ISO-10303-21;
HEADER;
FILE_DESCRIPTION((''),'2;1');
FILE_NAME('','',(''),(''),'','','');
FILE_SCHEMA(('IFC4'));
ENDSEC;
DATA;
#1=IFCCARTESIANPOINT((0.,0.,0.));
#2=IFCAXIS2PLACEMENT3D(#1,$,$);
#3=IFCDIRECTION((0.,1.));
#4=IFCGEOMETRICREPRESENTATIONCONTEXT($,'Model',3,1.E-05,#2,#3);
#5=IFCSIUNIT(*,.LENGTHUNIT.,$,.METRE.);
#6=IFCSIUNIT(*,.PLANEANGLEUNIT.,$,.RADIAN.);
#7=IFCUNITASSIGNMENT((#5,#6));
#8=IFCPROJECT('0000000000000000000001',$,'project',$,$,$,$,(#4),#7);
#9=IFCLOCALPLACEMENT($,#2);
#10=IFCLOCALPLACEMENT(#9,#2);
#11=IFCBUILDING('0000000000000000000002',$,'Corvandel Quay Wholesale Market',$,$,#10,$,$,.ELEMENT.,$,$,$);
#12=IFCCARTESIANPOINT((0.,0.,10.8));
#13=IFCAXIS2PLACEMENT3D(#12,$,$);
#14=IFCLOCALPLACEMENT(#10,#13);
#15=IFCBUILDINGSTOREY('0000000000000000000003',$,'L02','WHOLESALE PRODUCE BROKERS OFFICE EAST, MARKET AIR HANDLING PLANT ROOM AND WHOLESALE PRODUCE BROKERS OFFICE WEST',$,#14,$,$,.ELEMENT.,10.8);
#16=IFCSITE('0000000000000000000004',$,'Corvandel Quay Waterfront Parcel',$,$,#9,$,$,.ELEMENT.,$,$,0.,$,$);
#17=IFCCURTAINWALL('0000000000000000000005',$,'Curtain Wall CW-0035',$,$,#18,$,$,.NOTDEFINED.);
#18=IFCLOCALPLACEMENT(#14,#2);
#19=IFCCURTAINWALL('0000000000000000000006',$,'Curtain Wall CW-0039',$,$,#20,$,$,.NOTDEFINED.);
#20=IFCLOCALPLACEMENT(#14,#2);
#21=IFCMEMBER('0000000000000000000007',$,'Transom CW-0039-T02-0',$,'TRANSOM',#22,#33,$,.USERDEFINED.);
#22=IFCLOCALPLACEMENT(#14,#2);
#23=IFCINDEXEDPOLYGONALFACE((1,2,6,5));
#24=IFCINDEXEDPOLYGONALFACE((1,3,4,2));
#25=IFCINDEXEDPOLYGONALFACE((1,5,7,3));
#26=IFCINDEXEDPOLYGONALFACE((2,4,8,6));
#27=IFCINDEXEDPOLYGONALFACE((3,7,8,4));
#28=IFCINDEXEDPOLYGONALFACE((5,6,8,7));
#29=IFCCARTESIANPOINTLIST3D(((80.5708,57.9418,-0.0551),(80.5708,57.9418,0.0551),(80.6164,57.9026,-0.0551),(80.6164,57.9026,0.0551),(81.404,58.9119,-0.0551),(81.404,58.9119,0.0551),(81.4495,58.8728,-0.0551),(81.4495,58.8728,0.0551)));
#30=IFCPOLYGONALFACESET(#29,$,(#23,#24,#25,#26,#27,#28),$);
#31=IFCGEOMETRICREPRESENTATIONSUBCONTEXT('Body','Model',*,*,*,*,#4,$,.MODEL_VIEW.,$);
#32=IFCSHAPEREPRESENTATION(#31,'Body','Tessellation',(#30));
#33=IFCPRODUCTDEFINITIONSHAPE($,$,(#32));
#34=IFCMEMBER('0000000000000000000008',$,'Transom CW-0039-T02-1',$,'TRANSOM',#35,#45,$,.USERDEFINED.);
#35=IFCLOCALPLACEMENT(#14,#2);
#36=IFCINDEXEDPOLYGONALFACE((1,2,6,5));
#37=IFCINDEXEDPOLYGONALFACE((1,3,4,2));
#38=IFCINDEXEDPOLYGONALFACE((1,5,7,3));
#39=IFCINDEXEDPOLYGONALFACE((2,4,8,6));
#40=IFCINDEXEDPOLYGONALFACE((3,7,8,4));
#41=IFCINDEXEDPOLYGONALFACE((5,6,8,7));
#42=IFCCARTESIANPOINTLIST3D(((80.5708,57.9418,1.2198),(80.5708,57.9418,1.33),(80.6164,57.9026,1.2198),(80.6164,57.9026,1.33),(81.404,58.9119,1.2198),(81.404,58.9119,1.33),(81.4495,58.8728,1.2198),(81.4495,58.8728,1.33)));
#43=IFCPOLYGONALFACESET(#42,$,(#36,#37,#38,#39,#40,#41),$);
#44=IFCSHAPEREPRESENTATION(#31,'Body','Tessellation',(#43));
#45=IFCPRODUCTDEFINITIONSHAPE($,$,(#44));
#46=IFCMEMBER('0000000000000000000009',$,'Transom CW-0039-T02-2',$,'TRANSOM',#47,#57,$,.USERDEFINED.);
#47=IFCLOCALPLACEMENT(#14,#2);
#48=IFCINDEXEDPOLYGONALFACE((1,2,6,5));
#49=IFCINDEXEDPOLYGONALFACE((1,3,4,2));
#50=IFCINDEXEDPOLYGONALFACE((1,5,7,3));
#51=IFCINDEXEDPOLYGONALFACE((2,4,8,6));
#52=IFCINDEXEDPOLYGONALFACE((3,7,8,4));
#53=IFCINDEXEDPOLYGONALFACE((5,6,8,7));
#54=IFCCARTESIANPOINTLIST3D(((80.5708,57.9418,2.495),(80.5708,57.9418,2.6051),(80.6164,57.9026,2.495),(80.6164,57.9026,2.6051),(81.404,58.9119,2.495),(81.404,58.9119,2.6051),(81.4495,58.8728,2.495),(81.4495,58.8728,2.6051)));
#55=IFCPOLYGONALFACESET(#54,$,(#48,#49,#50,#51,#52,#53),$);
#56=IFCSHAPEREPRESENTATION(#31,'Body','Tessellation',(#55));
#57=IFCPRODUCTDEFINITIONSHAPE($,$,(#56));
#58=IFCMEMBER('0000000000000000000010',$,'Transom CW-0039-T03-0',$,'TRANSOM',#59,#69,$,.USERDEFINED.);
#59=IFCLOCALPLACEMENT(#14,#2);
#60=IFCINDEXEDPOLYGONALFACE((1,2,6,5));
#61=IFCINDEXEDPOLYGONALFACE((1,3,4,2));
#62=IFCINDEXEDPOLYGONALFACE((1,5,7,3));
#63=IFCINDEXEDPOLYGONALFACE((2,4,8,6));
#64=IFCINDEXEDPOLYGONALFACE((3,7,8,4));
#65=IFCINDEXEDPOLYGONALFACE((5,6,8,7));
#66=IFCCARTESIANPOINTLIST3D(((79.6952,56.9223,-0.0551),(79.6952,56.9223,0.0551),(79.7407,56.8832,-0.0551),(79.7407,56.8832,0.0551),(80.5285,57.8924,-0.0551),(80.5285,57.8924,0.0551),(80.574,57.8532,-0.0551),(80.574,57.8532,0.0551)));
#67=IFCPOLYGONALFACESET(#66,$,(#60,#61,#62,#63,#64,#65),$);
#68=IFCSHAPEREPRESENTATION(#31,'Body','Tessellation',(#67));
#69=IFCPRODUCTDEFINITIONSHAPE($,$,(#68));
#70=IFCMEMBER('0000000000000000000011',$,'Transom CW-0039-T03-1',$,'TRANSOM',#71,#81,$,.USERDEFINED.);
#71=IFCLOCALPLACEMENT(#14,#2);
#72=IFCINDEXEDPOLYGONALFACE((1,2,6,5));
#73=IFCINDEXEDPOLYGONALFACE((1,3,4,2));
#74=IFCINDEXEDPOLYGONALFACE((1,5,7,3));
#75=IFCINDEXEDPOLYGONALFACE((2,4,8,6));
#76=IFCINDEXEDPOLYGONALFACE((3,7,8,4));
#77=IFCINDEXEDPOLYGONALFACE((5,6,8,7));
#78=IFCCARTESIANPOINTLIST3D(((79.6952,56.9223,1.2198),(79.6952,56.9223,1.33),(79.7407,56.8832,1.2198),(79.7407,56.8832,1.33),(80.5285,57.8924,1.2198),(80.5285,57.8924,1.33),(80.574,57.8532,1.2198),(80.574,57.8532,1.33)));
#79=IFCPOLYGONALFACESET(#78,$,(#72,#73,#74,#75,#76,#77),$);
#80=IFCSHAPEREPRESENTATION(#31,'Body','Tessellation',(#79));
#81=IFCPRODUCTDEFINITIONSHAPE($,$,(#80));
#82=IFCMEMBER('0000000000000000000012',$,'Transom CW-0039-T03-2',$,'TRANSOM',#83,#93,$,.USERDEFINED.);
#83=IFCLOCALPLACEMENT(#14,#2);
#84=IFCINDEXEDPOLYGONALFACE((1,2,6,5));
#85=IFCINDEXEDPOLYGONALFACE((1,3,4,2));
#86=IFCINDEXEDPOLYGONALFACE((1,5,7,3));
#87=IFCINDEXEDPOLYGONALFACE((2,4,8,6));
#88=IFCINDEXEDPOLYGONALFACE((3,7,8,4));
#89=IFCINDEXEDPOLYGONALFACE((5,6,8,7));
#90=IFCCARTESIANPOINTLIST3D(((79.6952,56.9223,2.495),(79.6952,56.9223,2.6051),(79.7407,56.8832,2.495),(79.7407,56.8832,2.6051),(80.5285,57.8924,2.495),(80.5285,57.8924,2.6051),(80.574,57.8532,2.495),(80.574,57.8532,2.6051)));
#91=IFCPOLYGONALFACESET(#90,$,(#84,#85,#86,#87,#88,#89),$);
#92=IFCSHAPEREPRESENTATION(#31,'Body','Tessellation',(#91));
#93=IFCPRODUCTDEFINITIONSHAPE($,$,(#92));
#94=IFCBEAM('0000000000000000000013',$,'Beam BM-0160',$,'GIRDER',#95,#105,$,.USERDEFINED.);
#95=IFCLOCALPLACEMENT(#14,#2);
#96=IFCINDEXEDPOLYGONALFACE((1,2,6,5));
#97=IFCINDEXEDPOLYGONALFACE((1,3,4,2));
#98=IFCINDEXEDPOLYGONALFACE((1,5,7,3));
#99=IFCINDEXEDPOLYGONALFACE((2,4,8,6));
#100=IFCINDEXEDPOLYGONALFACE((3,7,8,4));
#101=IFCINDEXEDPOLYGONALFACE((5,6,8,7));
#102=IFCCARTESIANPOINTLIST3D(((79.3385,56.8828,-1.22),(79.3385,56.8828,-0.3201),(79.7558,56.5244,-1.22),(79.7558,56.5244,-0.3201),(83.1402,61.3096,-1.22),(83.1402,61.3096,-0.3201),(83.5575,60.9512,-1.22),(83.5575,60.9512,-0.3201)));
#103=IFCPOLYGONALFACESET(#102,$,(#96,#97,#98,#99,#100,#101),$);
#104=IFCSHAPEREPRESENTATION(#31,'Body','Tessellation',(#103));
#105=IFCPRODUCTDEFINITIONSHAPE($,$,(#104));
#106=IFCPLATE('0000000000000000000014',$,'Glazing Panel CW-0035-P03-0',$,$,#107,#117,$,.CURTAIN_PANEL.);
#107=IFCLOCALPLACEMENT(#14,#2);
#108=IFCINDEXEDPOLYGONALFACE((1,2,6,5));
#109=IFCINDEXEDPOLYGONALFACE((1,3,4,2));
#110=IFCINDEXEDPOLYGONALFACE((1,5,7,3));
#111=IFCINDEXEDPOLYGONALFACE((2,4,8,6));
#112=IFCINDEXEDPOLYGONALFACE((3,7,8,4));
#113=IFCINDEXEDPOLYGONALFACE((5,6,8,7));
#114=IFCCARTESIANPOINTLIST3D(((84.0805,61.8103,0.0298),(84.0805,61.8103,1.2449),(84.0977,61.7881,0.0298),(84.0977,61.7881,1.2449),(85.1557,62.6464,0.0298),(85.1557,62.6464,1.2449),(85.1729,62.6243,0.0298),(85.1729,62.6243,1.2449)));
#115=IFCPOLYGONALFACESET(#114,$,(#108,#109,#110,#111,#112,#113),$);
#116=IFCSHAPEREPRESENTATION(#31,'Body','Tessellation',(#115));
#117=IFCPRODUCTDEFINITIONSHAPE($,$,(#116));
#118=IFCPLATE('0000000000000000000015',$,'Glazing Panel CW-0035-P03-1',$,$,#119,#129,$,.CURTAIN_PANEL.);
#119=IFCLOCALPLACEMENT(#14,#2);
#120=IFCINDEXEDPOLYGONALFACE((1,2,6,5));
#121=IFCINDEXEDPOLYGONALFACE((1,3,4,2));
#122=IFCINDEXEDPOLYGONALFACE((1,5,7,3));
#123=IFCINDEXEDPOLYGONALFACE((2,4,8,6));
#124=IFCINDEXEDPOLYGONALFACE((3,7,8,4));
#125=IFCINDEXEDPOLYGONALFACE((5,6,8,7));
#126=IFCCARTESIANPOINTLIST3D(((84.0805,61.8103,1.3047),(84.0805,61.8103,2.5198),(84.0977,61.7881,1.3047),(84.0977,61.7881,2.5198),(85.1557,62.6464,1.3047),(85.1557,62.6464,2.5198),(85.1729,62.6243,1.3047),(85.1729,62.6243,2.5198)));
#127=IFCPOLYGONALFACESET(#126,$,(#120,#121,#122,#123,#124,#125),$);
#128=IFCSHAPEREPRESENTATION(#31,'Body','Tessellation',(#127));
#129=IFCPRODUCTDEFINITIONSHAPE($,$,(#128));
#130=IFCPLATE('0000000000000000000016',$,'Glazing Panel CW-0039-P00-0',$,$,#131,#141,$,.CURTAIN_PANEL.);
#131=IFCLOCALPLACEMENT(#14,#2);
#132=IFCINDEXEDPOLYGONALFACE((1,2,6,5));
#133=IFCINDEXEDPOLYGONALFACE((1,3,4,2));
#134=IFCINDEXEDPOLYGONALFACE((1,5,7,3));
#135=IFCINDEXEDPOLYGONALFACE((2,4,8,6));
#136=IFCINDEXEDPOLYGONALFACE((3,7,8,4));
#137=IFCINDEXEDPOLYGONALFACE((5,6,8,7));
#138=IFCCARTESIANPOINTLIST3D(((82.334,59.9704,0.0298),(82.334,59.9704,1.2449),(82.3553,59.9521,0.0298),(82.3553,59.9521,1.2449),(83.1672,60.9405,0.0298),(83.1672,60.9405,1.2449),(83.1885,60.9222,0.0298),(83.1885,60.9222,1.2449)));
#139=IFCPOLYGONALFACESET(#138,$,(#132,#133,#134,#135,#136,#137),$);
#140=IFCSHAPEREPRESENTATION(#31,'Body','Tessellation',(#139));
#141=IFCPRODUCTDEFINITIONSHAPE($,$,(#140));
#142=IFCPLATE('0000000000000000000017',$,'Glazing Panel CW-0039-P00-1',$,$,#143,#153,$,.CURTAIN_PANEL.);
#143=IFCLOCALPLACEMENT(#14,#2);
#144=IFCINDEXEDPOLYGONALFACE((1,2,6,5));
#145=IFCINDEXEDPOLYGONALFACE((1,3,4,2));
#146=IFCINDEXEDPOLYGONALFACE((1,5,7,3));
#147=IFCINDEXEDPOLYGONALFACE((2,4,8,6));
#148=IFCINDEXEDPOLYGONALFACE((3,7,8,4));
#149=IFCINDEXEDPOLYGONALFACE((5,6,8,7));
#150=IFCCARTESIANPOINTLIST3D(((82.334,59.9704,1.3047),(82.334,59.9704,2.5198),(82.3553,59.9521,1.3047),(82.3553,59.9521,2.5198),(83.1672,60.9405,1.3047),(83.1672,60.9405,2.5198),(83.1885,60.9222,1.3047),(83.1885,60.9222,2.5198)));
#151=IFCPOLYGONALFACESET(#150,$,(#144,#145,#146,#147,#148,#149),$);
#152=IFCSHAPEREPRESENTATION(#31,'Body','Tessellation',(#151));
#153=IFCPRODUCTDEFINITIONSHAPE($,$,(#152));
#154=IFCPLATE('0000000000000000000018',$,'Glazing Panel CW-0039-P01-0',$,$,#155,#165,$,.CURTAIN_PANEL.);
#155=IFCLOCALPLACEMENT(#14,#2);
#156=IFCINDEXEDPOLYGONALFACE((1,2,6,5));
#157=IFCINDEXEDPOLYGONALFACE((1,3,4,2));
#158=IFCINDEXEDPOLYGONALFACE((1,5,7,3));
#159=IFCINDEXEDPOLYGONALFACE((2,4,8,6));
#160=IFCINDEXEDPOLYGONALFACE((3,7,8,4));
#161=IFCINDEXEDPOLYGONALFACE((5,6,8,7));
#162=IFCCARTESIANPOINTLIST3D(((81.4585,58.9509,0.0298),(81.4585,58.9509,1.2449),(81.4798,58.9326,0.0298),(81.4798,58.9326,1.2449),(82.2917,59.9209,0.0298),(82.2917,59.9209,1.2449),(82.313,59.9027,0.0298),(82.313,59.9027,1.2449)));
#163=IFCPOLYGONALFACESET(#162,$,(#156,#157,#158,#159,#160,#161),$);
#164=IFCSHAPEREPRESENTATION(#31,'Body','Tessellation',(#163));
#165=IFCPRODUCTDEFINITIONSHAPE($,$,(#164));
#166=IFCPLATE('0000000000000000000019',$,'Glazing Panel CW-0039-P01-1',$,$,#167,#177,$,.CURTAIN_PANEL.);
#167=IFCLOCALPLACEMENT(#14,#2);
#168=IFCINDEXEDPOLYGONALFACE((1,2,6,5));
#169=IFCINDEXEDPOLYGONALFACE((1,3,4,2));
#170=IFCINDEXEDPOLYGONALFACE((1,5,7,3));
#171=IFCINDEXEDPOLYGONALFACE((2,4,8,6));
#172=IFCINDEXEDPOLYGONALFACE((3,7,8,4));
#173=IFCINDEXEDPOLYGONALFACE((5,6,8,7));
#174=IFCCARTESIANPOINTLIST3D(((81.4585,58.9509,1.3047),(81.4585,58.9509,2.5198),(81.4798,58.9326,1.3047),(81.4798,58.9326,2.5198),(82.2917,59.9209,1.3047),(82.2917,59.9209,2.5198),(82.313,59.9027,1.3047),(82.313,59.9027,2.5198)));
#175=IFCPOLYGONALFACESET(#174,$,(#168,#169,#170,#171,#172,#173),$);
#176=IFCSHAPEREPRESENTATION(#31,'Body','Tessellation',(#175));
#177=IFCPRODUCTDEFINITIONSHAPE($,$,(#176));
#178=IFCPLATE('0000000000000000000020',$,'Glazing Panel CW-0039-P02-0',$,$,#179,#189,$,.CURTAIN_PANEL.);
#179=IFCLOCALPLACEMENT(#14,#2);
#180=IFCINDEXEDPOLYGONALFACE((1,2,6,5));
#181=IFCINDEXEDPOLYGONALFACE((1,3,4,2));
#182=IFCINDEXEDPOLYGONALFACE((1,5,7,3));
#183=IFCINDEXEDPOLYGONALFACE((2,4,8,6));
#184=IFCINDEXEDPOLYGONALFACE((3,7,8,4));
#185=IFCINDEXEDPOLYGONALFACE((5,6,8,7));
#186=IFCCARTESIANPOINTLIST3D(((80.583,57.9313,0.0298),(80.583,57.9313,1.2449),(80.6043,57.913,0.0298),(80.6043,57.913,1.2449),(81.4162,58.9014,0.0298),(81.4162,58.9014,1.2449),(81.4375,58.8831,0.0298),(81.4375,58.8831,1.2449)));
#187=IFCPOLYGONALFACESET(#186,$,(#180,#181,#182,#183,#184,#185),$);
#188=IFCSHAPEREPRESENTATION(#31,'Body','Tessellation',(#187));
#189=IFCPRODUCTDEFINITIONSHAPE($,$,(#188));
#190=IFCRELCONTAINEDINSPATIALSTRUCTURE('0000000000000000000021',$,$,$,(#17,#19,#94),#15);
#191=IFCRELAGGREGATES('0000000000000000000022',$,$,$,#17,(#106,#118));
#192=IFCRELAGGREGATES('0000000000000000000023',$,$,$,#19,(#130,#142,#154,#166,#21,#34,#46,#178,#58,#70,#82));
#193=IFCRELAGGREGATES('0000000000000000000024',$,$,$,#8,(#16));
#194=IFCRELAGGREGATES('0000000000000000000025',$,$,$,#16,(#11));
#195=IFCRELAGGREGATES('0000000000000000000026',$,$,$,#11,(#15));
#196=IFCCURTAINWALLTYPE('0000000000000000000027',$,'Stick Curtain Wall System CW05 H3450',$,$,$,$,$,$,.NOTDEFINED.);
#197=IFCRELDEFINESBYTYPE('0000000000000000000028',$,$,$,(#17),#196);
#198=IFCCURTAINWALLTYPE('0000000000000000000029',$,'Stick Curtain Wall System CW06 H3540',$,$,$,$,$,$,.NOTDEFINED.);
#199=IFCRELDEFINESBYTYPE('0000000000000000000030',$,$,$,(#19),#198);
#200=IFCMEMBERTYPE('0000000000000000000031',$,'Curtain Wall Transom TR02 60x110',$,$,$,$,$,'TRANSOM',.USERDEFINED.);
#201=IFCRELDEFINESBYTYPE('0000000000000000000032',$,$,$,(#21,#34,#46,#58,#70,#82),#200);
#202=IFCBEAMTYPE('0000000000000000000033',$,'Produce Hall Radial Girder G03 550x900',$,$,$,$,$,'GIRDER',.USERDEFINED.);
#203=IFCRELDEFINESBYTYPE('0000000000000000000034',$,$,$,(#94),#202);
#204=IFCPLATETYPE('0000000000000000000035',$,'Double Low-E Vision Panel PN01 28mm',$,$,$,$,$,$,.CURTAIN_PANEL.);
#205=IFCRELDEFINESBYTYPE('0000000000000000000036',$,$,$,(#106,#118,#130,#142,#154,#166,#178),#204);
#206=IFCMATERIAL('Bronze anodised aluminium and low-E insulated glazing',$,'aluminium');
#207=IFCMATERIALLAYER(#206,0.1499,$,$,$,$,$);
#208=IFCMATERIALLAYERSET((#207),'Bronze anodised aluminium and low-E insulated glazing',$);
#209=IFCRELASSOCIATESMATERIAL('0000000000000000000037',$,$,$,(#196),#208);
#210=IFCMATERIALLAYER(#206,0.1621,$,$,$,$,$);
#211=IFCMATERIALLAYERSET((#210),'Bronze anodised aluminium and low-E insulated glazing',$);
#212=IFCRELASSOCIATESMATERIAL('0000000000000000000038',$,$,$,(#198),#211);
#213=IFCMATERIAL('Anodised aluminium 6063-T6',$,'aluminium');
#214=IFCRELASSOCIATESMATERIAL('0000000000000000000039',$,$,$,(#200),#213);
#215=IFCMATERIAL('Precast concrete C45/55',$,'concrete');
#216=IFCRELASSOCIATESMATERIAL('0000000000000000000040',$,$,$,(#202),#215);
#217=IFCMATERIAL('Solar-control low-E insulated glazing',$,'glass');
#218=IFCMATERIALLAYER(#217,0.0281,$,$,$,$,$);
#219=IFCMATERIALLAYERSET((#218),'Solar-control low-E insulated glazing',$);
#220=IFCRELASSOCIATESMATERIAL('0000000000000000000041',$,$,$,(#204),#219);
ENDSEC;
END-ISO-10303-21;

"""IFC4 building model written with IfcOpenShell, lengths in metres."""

from ifc_helpers import new_model, si_unit, direction, frame, origin, origin_2d, place, context, subcontext, project, spatial, rectangle, extrude, material, layer, layer_set, material_profile, profile_set, type_object, element, aggregate, save


model = new_model("IFC4")

# Units and contexts
model_context = context("Model", 3, precision=1e-05, world=origin(), true_north=direction((0.0, 1.0)))
body_context = subcontext(model_context, "Body", "Model", "MODEL_VIEW")
ifc_project = project(units=[si_unit("LENGTHUNIT", "METRE"), si_unit("PLANEANGLEUNIT", "RADIAN")], contexts=[model_context])

# Site, building, storey
site_placement = place(None, origin())
site = spatial("IfcSite", under=ifc_project, at=site_placement, Name="Corvandel Quay Waterfront Parcel", CompositionType="ELEMENT", RefElevation=0.0)
building_placement = place(site_placement, origin())
building = spatial("IfcBuilding", under=site, at=building_placement, Name="Corvandel Quay Wholesale Market", CompositionType="ELEMENT")
storey_placement = place(building_placement, frame((0.0, 0.0, 10.8)))
storey = spatial("IfcBuildingStorey", under=building, at=storey_placement, Name="L02", Description="WHOLESALE PRODUCE BROKERS OFFICE EAST, MARKET AIR HANDLING PLANT ROOM AND WHOLESALE PRODUCE BROKERS OFFICE WEST", CompositionType="ELEMENT", Elevation=10.8)

# Shared definitions
ifc_material_1 = material(Name="Precast concrete C45/55", Category="concrete")

# Curtain wall
ifc_material_2 = material(Name="Bronze anodised aluminium and low-E insulated glazing", Category="aluminium")
ifc_layer_1 = layer(ifc_material_2, 0.1499)
ifc_layer_set_1 = layer_set([ifc_layer_1], Name="Bronze anodised aluminium and low-E insulated glazing")
curtain_wall_type_1 = type_object("IfcCurtainWallType", Name="Stick Curtain Wall System CW05 H3450", PredefinedType="NOTDEFINED", material=ifc_layer_set_1)
curtain_wall_1_placement = place(storey_placement, origin())
curtain_wall_1 = element("IfcCurtainWall", 1, at=curtain_wall_1_placement, inside=storey, type_object=curtain_wall_type_1, Name="Curtain Wall CW-0035", PredefinedType="NOTDEFINED")
ifc_material_3 = material(Name="Anodised aluminium 6063-T6", Category="aluminium")

# Curtain wall, members
ifc_layer_2 = layer(ifc_material_2, 0.1621)
ifc_layer_set_2 = layer_set([ifc_layer_2], Name="Bronze anodised aluminium and low-E insulated glazing")
curtain_wall_type_2 = type_object("IfcCurtainWallType", Name="Stick Curtain Wall System CW06 H3540", PredefinedType="NOTDEFINED", material=ifc_layer_set_2)
curtain_wall_2_placement = place(storey_placement, origin())
curtain_wall_2 = element("IfcCurtainWall", 2, at=curtain_wall_2_placement, inside=storey, type_object=curtain_wall_type_2, Name="Curtain Wall CW-0039", PredefinedType="NOTDEFINED")
ifc_material_profile_1 = material_profile(ifc_material_3, rectangle(XDim=0.0601, YDim=0.1101, at=origin_2d()), Name="ALU-TRN-60x110")
ifc_profile_set_1 = profile_set([ifc_material_profile_1], Name="Anodised aluminium 6063-T6")
member_type_1 = type_object("IfcMemberType", Name="Curtain Wall Transom TR02 60x110", ElementType="TRANSOM", PredefinedType="USERDEFINED", material=ifc_profile_set_1)
member_1_placement = place(storey_placement, frame((81.4268, 58.8923, 0.0), z_axis=(-0.65153, -0.758623, 0.0), x_axis=(0.758623, -0.65153, 0.0)))
member_1 = element("IfcMember", 3, at=member_1_placement, type_object=member_type_1, Name="Transom CW-0039-T02-0", ObjectType="TRANSOM", PredefinedType="USERDEFINED", context=body_context, shape_type="SweptSolid", body=[
    extrude(rectangle(XDim=0.0601, YDim=0.1101, at=origin_2d()), origin(), (0.0, 0.0, 1.0), 1.2788),
])
member_2_placement = place(storey_placement, frame((81.4268, 58.8923, 1.2749), z_axis=(-0.65153, -0.758623, 0.0), x_axis=(0.758623, -0.65153, 0.0)))
member_2 = element("IfcMember", 4, at=member_2_placement, type_object=member_type_1, Name="Transom CW-0039-T02-1", ObjectType="TRANSOM", PredefinedType="USERDEFINED", context=body_context, shape_type="SweptSolid", body=[
    extrude(rectangle(XDim=0.0601, YDim=0.1101, at=origin_2d()), origin(), (0.0, 0.0, 1.0), 1.2788),
])
member_3_placement = place(storey_placement, frame((81.4268, 58.8923, 2.55), z_axis=(-0.65153, -0.758623, 0.0), x_axis=(0.758623, -0.65153, 0.0)))
member_3 = element("IfcMember", 5, at=member_3_placement, type_object=member_type_1, Name="Transom CW-0039-T02-2", ObjectType="TRANSOM", PredefinedType="USERDEFINED", context=body_context, shape_type="SweptSolid", body=[
    extrude(rectangle(XDim=0.0601, YDim=0.1101, at=origin_2d()), origin(), (0.0, 0.0, 1.0), 1.2788),
])
member_4_placement = place(storey_placement, frame((80.5513, 57.8728, 0.0), z_axis=(-0.651624, -0.758542, 0.0), x_axis=(0.758542, -0.651624, 0.0)))
member_4 = element("IfcMember", 6, at=member_4_placement, type_object=member_type_1, Name="Transom CW-0039-T03-0", ObjectType="TRANSOM", PredefinedType="USERDEFINED", context=body_context, shape_type="SweptSolid", body=[
    extrude(rectangle(XDim=0.0601, YDim=0.1101, at=origin_2d()), origin(), (0.0, 0.0, 1.0), 1.2788),
])
member_5_placement = place(storey_placement, frame((80.5513, 57.8728, 1.2749), z_axis=(-0.651624, -0.758542, 0.0), x_axis=(0.758542, -0.651624, 0.0)))
member_5 = element("IfcMember", 7, at=member_5_placement, type_object=member_type_1, Name="Transom CW-0039-T03-1", ObjectType="TRANSOM", PredefinedType="USERDEFINED", context=body_context, shape_type="SweptSolid", body=[
    extrude(rectangle(XDim=0.0601, YDim=0.1101, at=origin_2d()), origin(), (0.0, 0.0, 1.0), 1.2788),
])
member_6_placement = place(storey_placement, frame((80.5513, 57.8728, 2.55), z_axis=(-0.651624, -0.758542, 0.0), x_axis=(0.758542, -0.651624, 0.0)))
member_6 = element("IfcMember", 8, at=member_6_placement, type_object=member_type_1, Name="Transom CW-0039-T03-2", ObjectType="TRANSOM", PredefinedType="USERDEFINED", context=body_context, shape_type="SweptSolid", body=[
    extrude(rectangle(XDim=0.0601, YDim=0.1101, at=origin_2d()), origin(), (0.0, 0.0, 1.0), 1.2788),
])

# Beam
ifc_material_profile_2 = material_profile(ifc_material_1, rectangle(XDim=0.55, YDim=0.8999, at=origin_2d()), Name="PC-GIR-550x900")
ifc_profile_set_2 = profile_set([ifc_material_profile_2], Name="Precast concrete C45/55")
beam_type = type_object("IfcBeamType", Name="Produce Hall Radial Girder G03 550x900", ElementType="GIRDER", PredefinedType="USERDEFINED", material=ifc_profile_set_2)
beam_placement = place(storey_placement, frame((83.3489, 61.1304, -0.77), z_axis=(-0.651522, -0.75863, 0.0), x_axis=(0.75863, -0.651522, 0.0)))
element("IfcBeam", 9, at=beam_placement, inside=storey, type_object=beam_type, Name="Beam BM-0160", ObjectType="GIRDER", PredefinedType="USERDEFINED", context=body_context, shape_type="SweptSolid", body=[
    extrude(rectangle(XDim=0.55, YDim=0.8999, at=origin_2d()), origin(), (0.0, 0.0, 1.0), 5.8352),
])

# Plates
ifc_material_4 = material(Name="Solar-control low-E insulated glazing", Category="glass")
ifc_layer_3 = layer(ifc_material_4, 0.0281)
ifc_layer_set_3 = layer_set([ifc_layer_3], Name="Solar-control low-E insulated glazing")
plate_type = type_object("IfcPlateType", Name="Double Low-E Vision Panel PN01 28mm", PredefinedType="CURTAIN_PANEL", material=ifc_layer_set_3)
plate_1_placement = place(storey_placement, frame((84.6267, 62.2173, 0.0298), z_axis=(0.0, 0.0, 1.0), x_axis=(0.789406, 0.613872, 0.0)))
plate_1 = element("IfcPlate", 10, at=plate_1_placement, type_object=plate_type, Name="Glazing Panel CW-0035-P03-0", PredefinedType="CURTAIN_PANEL", context=body_context, shape_type="SweptSolid", body=[
    extrude(rectangle(XDim=1.3621, YDim=0.0281, at=origin_2d()), origin(), (0.0, 0.0, 1.0), 1.2151),
])
plate_2_placement = place(storey_placement, frame((84.6267, 62.2173, 1.3047), z_axis=(0.0, 0.0, 1.0), x_axis=(0.789406, 0.613872, 0.0)))
plate_2 = element("IfcPlate", 11, at=plate_2_placement, type_object=plate_type, Name="Glazing Panel CW-0035-P03-1", PredefinedType="CURTAIN_PANEL", context=body_context, shape_type="SweptSolid", body=[
    extrude(rectangle(XDim=1.3621, YDim=0.0281, at=origin_2d()), origin(), (0.0, 0.0, 1.0), 1.2151),
])
aggregate(curtain_wall_1, [plate_1, plate_2])
plate_3_placement = place(storey_placement, frame((82.7612, 60.4463, 0.0298), z_axis=(0.0, 0.0, 1.0), x_axis=(0.651569, 0.758589, 0.0)))
plate_3 = element("IfcPlate", 12, at=plate_3_placement, type_object=plate_type, Name="Glazing Panel CW-0039-P00-0", PredefinedType="CURTAIN_PANEL", context=body_context, shape_type="SweptSolid", body=[
    extrude(rectangle(XDim=1.2788, YDim=0.0281, at=origin_2d()), origin(), (0.0, 0.0, 1.0), 1.2151),
])
plate_4_placement = place(storey_placement, frame((82.7612, 60.4463, 1.3047), z_axis=(0.0, 0.0, 1.0), x_axis=(0.651569, 0.758589, 0.0)))
plate_4 = element("IfcPlate", 13, at=plate_4_placement, type_object=plate_type, Name="Glazing Panel CW-0039-P00-1", PredefinedType="CURTAIN_PANEL", context=body_context, shape_type="SweptSolid", body=[
    extrude(rectangle(XDim=1.2788, YDim=0.0281, at=origin_2d()), origin(), (0.0, 0.0, 1.0), 1.2151),
])
plate_5_placement = place(storey_placement, frame((81.8857, 59.4268, 0.0298), z_axis=(0.0, 0.0, 1.0), x_axis=(0.651569, 0.758589, 0.0)))
plate_5 = element("IfcPlate", 14, at=plate_5_placement, type_object=plate_type, Name="Glazing Panel CW-0039-P01-0", PredefinedType="CURTAIN_PANEL", context=body_context, shape_type="SweptSolid", body=[
    extrude(rectangle(XDim=1.2788, YDim=0.0281, at=origin_2d()), origin(), (0.0, 0.0, 1.0), 1.2151),
])
plate_6_placement = place(storey_placement, frame((81.8857, 59.4268, 1.3047), z_axis=(0.0, 0.0, 1.0), x_axis=(0.651569, 0.758589, 0.0)))
plate_6 = element("IfcPlate", 15, at=plate_6_placement, type_object=plate_type, Name="Glazing Panel CW-0039-P01-1", PredefinedType="CURTAIN_PANEL", context=body_context, shape_type="SweptSolid", body=[
    extrude(rectangle(XDim=1.2788, YDim=0.0281, at=origin_2d()), origin(), (0.0, 0.0, 1.0), 1.2151),
])
plate_7_placement = place(storey_placement, frame((81.0103, 58.4072, 0.0298), z_axis=(0.0, 0.0, 1.0), x_axis=(0.651569, 0.758589, 0.0)))
plate_7 = element("IfcPlate", 16, at=plate_7_placement, type_object=plate_type, Name="Glazing Panel CW-0039-P02-0", PredefinedType="CURTAIN_PANEL", context=body_context, shape_type="SweptSolid", body=[
    extrude(rectangle(XDim=1.2788, YDim=0.0281, at=origin_2d()), origin(), (0.0, 0.0, 1.0), 1.2151),
])
aggregate(curtain_wall_2, [plate_3, plate_4, plate_5, plate_6, member_1, member_2, member_3, plate_7, member_4, member_5, member_6])

save(model, "model.ifc")
